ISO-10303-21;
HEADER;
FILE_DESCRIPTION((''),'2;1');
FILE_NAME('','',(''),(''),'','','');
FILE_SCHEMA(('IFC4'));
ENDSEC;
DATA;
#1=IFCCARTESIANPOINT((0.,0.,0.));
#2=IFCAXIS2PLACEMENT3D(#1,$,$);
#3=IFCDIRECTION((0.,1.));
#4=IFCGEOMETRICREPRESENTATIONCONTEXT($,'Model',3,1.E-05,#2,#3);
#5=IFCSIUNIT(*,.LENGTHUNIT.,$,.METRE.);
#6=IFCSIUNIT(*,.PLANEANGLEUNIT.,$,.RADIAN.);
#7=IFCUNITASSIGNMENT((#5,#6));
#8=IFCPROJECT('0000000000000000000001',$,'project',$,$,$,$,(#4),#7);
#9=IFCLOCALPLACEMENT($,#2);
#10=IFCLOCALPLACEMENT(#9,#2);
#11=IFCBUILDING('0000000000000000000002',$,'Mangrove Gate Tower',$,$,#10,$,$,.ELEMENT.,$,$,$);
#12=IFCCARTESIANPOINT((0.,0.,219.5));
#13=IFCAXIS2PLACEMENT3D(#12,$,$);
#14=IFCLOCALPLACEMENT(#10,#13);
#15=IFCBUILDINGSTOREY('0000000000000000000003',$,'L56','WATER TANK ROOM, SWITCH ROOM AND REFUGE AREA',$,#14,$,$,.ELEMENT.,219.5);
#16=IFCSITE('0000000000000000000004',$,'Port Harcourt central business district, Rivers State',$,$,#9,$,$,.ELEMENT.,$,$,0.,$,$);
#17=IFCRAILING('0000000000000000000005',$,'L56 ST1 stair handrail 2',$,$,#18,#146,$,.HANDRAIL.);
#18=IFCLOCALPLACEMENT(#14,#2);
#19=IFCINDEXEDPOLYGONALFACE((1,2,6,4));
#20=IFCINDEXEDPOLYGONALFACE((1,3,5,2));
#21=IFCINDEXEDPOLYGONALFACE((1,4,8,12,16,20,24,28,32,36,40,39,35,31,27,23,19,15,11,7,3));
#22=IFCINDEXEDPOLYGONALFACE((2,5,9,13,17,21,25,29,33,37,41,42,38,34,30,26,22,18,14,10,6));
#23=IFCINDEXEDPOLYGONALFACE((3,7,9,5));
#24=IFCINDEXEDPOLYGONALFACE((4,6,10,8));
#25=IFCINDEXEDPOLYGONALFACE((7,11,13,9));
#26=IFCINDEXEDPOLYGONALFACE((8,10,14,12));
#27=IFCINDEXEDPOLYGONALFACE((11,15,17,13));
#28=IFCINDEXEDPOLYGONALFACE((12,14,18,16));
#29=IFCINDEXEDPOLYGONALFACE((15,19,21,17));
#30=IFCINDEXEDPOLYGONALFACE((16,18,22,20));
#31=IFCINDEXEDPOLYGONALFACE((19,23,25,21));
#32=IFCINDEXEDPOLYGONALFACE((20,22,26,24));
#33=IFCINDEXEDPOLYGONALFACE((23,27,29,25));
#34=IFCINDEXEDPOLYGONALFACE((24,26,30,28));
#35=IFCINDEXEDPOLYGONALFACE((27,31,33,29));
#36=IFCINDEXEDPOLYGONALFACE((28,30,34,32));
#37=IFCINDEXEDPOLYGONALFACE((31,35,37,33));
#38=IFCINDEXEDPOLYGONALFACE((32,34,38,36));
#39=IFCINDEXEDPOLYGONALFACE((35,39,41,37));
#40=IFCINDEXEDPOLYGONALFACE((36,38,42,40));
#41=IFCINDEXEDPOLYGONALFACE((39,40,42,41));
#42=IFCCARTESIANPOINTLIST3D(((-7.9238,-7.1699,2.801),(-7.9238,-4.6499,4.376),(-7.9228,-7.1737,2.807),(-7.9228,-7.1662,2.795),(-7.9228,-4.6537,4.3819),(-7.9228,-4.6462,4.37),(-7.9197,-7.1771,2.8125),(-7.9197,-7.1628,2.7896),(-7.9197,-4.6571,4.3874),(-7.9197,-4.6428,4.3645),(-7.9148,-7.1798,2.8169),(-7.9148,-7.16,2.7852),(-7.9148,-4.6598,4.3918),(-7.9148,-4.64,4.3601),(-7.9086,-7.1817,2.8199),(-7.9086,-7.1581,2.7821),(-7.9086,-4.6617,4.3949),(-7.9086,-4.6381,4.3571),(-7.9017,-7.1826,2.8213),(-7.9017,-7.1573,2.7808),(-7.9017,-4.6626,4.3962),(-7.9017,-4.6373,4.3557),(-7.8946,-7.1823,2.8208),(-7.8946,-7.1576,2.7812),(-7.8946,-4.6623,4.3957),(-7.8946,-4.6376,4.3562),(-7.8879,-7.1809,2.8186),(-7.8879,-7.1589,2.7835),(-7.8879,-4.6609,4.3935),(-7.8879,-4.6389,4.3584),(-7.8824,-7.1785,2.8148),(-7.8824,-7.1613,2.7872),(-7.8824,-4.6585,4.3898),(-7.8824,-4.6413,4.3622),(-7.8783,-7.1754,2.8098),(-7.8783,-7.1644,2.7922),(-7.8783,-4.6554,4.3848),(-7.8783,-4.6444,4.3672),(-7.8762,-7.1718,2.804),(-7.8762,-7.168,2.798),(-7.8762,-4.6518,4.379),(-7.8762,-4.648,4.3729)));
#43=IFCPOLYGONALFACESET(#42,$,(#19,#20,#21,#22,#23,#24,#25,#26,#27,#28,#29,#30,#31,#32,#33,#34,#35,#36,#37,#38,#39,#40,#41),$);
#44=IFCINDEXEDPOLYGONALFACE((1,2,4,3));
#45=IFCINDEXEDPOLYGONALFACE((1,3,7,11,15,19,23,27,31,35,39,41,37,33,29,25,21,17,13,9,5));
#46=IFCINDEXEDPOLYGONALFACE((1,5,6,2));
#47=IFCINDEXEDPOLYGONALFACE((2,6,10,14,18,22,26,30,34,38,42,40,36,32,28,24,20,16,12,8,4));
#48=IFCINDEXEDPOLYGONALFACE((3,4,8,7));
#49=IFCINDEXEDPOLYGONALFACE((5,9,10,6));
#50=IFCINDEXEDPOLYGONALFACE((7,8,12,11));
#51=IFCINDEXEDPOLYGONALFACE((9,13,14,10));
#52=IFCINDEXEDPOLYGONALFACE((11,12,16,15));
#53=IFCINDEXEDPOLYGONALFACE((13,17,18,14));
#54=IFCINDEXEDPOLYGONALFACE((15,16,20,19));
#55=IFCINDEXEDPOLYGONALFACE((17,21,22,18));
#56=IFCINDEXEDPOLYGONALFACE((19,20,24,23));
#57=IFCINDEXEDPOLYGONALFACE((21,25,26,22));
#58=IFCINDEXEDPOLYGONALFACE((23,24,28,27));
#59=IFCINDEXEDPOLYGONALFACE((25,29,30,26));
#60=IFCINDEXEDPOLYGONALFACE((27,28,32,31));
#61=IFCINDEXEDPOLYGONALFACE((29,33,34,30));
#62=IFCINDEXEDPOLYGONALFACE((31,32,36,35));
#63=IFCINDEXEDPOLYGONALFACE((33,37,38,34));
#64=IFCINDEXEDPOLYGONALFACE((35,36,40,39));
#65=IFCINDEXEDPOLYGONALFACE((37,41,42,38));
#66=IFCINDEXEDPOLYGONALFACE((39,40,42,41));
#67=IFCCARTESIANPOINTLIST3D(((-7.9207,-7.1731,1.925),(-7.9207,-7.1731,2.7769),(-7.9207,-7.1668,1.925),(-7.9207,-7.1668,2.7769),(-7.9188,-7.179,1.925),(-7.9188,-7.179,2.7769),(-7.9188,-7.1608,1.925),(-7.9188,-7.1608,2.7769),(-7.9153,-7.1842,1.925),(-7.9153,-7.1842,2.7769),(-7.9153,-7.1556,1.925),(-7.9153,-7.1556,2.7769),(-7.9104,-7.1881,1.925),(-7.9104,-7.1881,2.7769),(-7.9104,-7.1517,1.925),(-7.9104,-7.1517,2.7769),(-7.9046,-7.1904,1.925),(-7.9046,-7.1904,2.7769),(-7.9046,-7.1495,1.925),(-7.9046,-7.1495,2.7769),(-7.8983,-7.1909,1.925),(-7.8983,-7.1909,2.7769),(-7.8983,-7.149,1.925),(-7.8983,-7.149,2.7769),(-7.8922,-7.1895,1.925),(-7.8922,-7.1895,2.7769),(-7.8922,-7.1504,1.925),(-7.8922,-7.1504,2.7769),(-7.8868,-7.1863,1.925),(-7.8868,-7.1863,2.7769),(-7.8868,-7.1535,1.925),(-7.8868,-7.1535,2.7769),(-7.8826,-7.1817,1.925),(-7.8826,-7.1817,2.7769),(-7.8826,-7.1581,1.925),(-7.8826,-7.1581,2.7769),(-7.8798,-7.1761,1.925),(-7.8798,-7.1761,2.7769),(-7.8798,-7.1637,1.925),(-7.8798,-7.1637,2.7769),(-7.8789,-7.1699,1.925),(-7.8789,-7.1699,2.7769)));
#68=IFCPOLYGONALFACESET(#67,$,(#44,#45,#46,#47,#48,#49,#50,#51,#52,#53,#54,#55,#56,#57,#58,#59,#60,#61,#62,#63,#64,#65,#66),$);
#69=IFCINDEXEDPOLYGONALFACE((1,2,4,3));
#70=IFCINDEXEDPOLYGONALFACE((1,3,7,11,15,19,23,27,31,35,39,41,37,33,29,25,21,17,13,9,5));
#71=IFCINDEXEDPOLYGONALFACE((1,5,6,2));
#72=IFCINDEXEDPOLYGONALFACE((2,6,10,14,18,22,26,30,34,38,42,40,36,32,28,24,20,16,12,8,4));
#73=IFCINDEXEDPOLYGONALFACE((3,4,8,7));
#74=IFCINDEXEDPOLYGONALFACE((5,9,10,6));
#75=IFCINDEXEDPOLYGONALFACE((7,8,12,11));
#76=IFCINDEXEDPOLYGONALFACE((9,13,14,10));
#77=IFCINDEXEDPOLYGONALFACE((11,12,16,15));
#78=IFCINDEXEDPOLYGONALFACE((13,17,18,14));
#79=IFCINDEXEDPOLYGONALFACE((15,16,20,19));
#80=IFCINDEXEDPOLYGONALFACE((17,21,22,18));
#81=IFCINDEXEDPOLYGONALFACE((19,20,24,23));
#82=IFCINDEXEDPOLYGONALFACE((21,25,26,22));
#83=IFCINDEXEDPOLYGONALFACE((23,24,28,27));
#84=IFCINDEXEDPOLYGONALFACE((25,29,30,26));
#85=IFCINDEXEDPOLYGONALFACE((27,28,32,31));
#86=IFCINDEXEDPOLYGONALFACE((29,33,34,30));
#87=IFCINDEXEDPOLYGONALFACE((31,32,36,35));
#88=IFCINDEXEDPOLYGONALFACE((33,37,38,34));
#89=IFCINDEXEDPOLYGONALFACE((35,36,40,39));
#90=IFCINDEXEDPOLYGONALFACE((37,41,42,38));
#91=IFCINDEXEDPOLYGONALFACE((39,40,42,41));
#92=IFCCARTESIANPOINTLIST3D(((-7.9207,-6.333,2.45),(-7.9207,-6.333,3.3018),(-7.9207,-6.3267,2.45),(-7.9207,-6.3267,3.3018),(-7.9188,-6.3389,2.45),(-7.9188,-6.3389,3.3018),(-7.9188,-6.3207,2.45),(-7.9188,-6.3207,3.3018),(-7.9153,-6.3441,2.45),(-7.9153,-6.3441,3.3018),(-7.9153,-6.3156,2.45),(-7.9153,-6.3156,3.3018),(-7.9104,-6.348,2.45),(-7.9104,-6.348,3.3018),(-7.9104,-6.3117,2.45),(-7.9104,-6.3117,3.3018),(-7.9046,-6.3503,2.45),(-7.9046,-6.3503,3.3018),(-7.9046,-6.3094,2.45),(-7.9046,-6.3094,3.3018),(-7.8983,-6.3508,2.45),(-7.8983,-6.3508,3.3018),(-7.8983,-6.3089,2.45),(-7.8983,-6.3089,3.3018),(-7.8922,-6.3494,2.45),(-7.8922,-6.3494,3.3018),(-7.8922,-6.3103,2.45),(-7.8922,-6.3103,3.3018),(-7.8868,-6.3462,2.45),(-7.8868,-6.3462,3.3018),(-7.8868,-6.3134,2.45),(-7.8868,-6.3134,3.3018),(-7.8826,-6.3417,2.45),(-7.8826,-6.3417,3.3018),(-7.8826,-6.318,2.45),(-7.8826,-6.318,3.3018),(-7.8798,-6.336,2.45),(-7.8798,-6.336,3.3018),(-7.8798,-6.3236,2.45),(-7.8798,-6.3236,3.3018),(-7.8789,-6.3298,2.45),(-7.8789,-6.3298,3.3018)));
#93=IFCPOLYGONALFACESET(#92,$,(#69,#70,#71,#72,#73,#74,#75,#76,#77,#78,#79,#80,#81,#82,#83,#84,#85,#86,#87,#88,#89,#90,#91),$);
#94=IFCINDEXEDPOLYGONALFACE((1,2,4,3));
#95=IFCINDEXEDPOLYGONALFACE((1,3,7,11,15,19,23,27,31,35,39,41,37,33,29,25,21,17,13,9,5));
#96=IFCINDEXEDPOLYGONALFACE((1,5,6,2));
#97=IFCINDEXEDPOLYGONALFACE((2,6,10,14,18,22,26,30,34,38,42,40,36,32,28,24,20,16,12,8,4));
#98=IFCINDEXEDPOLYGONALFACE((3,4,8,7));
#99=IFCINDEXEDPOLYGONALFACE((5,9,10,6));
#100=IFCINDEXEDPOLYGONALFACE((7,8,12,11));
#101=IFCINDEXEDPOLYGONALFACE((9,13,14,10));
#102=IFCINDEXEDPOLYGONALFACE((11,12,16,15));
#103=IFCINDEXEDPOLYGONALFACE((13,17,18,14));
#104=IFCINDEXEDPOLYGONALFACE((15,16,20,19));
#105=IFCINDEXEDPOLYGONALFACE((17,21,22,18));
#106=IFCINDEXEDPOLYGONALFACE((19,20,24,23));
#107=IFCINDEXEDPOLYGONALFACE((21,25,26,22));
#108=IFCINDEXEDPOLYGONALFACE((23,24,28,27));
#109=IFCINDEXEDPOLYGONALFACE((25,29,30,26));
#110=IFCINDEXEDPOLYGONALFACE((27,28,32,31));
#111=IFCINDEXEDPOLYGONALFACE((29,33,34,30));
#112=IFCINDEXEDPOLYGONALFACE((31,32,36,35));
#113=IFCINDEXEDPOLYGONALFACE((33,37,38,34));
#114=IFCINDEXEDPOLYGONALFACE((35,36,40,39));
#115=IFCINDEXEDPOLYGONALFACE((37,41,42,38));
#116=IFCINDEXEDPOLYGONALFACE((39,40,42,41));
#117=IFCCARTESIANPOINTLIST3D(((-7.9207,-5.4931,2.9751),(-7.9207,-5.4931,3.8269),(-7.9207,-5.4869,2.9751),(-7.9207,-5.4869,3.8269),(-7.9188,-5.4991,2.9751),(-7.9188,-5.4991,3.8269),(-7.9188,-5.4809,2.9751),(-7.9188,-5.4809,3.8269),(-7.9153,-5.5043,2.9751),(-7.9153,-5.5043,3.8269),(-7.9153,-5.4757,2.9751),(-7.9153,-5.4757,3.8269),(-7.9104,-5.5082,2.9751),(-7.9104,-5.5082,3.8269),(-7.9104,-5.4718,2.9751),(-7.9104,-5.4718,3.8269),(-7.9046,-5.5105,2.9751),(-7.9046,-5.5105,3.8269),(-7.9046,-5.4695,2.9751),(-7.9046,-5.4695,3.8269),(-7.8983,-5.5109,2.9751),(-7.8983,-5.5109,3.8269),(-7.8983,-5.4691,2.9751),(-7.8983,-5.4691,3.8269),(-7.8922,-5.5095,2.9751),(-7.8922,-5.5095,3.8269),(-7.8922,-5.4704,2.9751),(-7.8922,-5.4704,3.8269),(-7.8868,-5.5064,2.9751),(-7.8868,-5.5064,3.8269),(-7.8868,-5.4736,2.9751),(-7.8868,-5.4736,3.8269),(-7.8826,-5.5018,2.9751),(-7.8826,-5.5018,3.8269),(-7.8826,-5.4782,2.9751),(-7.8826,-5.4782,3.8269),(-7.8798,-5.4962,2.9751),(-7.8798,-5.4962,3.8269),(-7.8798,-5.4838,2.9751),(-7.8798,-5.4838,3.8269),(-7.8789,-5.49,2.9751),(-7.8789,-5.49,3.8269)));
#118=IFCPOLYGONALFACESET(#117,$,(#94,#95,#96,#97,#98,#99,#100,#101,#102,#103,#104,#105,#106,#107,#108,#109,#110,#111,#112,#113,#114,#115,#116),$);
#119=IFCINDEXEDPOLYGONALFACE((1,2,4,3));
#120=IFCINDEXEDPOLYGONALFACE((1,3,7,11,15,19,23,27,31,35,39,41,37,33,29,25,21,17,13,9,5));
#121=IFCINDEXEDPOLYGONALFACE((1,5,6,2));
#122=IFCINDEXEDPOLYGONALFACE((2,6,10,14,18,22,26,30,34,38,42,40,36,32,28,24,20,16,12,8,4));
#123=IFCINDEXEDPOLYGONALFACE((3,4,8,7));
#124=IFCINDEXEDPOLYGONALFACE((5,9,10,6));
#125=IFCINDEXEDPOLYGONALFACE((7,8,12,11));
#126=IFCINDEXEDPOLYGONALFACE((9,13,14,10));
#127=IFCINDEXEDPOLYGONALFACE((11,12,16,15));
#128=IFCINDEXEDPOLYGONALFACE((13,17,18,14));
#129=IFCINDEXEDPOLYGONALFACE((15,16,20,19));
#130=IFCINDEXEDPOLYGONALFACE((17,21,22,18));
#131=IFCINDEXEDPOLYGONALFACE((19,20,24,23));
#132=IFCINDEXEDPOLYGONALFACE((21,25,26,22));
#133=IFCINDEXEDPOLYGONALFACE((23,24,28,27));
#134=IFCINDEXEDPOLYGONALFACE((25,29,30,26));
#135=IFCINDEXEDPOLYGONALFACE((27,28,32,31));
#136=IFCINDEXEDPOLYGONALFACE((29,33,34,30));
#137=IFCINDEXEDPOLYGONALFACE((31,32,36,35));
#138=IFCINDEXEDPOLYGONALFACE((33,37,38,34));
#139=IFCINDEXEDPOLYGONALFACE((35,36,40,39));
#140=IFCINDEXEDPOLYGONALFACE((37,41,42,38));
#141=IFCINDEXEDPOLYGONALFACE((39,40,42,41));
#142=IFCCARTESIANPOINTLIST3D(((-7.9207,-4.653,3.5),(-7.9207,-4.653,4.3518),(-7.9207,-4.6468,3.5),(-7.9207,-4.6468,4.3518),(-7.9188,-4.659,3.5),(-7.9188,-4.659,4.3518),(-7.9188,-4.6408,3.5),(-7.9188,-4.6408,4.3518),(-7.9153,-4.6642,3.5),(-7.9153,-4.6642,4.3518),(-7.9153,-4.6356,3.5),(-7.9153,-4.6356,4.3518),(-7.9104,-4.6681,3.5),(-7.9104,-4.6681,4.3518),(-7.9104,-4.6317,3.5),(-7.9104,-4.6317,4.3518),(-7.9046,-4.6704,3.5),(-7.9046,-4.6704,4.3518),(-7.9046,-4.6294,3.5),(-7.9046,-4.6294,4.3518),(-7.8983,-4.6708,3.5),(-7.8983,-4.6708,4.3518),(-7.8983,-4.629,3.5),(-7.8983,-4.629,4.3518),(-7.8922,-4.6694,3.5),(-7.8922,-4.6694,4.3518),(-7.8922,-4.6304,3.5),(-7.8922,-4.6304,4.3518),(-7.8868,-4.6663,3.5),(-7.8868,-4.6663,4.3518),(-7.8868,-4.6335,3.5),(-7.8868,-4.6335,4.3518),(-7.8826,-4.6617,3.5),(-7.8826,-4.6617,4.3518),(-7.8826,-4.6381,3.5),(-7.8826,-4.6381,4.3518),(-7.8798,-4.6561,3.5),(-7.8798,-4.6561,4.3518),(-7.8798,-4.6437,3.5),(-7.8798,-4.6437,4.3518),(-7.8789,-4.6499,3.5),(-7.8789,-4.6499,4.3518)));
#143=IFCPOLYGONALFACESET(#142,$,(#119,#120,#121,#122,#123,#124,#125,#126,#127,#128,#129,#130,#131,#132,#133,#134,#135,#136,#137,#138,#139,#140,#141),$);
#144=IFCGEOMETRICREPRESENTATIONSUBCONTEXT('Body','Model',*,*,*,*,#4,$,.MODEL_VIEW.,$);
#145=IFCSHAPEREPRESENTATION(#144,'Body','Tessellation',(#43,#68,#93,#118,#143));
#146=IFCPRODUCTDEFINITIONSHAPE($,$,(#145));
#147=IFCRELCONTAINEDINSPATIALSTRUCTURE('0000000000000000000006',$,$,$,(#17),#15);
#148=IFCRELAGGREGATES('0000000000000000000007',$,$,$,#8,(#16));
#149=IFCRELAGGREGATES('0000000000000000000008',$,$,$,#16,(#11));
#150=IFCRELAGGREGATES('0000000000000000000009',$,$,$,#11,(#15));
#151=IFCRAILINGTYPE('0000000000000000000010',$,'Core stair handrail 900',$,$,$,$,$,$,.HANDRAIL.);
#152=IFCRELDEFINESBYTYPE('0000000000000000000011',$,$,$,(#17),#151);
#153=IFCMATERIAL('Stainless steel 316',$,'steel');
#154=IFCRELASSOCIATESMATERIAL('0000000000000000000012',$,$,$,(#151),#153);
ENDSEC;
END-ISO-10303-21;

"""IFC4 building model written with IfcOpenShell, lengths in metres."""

from ifc_helpers import new_model, si_unit, direction, frame, origin, origin_2d, place, context, subcontext, project, spatial, circle, extrude, material, type_object, element, save


model = new_model("IFC4")

# Units and contexts
model_context = context("Model", 3, precision=1e-05, world=origin(), true_north=direction((0.0, 1.0)))
body_context = subcontext(model_context, "Body", "Model", "MODEL_VIEW")
ifc_project = project(units=[si_unit("LENGTHUNIT", "METRE"), si_unit("PLANEANGLEUNIT", "RADIAN")], contexts=[model_context])

# Site, building, storey
site_placement = place(None, origin())
site = spatial("IfcSite", under=ifc_project, at=site_placement, Name="Port Harcourt central business district, Rivers State", CompositionType="ELEMENT", RefElevation=0.0)
building_placement = place(site_placement, origin())
building = spatial("IfcBuilding", under=site, at=building_placement, Name="Mangrove Gate Tower", CompositionType="ELEMENT")
storey_placement = place(building_placement, frame((0.0, 0.0, 219.5)))
storey = spatial("IfcBuildingStorey", under=building, at=storey_placement, Name="L56", Description="WATER TANK ROOM, SWITCH ROOM AND REFUGE AREA", CompositionType="ELEMENT", Elevation=219.5)

# Railing
ifc_material_1 = material(Name="Stainless steel 316", Category="steel")
railing_type_1 = type_object("IfcRailingType", Name="Core stair handrail 900", PredefinedType="HANDRAIL", material=ifc_material_1)
for number, where, name in (
    (1, (-7.8999, -7.1699, 1.925), "L56 ST1 stair handrail 2"),
):
    element("IfcRailing", number, at=place(storey_placement, frame(where)), inside=storey, type_object=railing_type_1, Name=name, PredefinedType="HANDRAIL", context=body_context, shape_type="SweptSolid", body=[
        extrude(circle(Radius=0.0239, at=origin_2d()), frame((0.0, 0.0, 0.876), z_axis=(0.0, 0.848008, 0.529984), x_axis=(-1.0, 0.0, 0.0)), (0.0, 0.0, 1.0), 2.9717),
        extrude(circle(Radius=0.021, at=origin_2d()), origin(), (0.0, 0.0, 1.0), 0.8518),
        extrude(circle(Radius=0.021, at=origin_2d()), frame((0.0, 0.8401, 0.5249)), (0.0, 0.0, 1.0), 0.8518),
        extrude(circle(Radius=0.021, at=origin_2d()), frame((0.0, 1.6799, 1.05)), (0.0, 0.0, 1.0), 0.8518),
        extrude(circle(Radius=0.021, at=origin_2d()), frame((0.0, 2.52, 1.575)), (0.0, 0.0, 1.0), 0.8518),
    ])

save(model, "model.ifc")
